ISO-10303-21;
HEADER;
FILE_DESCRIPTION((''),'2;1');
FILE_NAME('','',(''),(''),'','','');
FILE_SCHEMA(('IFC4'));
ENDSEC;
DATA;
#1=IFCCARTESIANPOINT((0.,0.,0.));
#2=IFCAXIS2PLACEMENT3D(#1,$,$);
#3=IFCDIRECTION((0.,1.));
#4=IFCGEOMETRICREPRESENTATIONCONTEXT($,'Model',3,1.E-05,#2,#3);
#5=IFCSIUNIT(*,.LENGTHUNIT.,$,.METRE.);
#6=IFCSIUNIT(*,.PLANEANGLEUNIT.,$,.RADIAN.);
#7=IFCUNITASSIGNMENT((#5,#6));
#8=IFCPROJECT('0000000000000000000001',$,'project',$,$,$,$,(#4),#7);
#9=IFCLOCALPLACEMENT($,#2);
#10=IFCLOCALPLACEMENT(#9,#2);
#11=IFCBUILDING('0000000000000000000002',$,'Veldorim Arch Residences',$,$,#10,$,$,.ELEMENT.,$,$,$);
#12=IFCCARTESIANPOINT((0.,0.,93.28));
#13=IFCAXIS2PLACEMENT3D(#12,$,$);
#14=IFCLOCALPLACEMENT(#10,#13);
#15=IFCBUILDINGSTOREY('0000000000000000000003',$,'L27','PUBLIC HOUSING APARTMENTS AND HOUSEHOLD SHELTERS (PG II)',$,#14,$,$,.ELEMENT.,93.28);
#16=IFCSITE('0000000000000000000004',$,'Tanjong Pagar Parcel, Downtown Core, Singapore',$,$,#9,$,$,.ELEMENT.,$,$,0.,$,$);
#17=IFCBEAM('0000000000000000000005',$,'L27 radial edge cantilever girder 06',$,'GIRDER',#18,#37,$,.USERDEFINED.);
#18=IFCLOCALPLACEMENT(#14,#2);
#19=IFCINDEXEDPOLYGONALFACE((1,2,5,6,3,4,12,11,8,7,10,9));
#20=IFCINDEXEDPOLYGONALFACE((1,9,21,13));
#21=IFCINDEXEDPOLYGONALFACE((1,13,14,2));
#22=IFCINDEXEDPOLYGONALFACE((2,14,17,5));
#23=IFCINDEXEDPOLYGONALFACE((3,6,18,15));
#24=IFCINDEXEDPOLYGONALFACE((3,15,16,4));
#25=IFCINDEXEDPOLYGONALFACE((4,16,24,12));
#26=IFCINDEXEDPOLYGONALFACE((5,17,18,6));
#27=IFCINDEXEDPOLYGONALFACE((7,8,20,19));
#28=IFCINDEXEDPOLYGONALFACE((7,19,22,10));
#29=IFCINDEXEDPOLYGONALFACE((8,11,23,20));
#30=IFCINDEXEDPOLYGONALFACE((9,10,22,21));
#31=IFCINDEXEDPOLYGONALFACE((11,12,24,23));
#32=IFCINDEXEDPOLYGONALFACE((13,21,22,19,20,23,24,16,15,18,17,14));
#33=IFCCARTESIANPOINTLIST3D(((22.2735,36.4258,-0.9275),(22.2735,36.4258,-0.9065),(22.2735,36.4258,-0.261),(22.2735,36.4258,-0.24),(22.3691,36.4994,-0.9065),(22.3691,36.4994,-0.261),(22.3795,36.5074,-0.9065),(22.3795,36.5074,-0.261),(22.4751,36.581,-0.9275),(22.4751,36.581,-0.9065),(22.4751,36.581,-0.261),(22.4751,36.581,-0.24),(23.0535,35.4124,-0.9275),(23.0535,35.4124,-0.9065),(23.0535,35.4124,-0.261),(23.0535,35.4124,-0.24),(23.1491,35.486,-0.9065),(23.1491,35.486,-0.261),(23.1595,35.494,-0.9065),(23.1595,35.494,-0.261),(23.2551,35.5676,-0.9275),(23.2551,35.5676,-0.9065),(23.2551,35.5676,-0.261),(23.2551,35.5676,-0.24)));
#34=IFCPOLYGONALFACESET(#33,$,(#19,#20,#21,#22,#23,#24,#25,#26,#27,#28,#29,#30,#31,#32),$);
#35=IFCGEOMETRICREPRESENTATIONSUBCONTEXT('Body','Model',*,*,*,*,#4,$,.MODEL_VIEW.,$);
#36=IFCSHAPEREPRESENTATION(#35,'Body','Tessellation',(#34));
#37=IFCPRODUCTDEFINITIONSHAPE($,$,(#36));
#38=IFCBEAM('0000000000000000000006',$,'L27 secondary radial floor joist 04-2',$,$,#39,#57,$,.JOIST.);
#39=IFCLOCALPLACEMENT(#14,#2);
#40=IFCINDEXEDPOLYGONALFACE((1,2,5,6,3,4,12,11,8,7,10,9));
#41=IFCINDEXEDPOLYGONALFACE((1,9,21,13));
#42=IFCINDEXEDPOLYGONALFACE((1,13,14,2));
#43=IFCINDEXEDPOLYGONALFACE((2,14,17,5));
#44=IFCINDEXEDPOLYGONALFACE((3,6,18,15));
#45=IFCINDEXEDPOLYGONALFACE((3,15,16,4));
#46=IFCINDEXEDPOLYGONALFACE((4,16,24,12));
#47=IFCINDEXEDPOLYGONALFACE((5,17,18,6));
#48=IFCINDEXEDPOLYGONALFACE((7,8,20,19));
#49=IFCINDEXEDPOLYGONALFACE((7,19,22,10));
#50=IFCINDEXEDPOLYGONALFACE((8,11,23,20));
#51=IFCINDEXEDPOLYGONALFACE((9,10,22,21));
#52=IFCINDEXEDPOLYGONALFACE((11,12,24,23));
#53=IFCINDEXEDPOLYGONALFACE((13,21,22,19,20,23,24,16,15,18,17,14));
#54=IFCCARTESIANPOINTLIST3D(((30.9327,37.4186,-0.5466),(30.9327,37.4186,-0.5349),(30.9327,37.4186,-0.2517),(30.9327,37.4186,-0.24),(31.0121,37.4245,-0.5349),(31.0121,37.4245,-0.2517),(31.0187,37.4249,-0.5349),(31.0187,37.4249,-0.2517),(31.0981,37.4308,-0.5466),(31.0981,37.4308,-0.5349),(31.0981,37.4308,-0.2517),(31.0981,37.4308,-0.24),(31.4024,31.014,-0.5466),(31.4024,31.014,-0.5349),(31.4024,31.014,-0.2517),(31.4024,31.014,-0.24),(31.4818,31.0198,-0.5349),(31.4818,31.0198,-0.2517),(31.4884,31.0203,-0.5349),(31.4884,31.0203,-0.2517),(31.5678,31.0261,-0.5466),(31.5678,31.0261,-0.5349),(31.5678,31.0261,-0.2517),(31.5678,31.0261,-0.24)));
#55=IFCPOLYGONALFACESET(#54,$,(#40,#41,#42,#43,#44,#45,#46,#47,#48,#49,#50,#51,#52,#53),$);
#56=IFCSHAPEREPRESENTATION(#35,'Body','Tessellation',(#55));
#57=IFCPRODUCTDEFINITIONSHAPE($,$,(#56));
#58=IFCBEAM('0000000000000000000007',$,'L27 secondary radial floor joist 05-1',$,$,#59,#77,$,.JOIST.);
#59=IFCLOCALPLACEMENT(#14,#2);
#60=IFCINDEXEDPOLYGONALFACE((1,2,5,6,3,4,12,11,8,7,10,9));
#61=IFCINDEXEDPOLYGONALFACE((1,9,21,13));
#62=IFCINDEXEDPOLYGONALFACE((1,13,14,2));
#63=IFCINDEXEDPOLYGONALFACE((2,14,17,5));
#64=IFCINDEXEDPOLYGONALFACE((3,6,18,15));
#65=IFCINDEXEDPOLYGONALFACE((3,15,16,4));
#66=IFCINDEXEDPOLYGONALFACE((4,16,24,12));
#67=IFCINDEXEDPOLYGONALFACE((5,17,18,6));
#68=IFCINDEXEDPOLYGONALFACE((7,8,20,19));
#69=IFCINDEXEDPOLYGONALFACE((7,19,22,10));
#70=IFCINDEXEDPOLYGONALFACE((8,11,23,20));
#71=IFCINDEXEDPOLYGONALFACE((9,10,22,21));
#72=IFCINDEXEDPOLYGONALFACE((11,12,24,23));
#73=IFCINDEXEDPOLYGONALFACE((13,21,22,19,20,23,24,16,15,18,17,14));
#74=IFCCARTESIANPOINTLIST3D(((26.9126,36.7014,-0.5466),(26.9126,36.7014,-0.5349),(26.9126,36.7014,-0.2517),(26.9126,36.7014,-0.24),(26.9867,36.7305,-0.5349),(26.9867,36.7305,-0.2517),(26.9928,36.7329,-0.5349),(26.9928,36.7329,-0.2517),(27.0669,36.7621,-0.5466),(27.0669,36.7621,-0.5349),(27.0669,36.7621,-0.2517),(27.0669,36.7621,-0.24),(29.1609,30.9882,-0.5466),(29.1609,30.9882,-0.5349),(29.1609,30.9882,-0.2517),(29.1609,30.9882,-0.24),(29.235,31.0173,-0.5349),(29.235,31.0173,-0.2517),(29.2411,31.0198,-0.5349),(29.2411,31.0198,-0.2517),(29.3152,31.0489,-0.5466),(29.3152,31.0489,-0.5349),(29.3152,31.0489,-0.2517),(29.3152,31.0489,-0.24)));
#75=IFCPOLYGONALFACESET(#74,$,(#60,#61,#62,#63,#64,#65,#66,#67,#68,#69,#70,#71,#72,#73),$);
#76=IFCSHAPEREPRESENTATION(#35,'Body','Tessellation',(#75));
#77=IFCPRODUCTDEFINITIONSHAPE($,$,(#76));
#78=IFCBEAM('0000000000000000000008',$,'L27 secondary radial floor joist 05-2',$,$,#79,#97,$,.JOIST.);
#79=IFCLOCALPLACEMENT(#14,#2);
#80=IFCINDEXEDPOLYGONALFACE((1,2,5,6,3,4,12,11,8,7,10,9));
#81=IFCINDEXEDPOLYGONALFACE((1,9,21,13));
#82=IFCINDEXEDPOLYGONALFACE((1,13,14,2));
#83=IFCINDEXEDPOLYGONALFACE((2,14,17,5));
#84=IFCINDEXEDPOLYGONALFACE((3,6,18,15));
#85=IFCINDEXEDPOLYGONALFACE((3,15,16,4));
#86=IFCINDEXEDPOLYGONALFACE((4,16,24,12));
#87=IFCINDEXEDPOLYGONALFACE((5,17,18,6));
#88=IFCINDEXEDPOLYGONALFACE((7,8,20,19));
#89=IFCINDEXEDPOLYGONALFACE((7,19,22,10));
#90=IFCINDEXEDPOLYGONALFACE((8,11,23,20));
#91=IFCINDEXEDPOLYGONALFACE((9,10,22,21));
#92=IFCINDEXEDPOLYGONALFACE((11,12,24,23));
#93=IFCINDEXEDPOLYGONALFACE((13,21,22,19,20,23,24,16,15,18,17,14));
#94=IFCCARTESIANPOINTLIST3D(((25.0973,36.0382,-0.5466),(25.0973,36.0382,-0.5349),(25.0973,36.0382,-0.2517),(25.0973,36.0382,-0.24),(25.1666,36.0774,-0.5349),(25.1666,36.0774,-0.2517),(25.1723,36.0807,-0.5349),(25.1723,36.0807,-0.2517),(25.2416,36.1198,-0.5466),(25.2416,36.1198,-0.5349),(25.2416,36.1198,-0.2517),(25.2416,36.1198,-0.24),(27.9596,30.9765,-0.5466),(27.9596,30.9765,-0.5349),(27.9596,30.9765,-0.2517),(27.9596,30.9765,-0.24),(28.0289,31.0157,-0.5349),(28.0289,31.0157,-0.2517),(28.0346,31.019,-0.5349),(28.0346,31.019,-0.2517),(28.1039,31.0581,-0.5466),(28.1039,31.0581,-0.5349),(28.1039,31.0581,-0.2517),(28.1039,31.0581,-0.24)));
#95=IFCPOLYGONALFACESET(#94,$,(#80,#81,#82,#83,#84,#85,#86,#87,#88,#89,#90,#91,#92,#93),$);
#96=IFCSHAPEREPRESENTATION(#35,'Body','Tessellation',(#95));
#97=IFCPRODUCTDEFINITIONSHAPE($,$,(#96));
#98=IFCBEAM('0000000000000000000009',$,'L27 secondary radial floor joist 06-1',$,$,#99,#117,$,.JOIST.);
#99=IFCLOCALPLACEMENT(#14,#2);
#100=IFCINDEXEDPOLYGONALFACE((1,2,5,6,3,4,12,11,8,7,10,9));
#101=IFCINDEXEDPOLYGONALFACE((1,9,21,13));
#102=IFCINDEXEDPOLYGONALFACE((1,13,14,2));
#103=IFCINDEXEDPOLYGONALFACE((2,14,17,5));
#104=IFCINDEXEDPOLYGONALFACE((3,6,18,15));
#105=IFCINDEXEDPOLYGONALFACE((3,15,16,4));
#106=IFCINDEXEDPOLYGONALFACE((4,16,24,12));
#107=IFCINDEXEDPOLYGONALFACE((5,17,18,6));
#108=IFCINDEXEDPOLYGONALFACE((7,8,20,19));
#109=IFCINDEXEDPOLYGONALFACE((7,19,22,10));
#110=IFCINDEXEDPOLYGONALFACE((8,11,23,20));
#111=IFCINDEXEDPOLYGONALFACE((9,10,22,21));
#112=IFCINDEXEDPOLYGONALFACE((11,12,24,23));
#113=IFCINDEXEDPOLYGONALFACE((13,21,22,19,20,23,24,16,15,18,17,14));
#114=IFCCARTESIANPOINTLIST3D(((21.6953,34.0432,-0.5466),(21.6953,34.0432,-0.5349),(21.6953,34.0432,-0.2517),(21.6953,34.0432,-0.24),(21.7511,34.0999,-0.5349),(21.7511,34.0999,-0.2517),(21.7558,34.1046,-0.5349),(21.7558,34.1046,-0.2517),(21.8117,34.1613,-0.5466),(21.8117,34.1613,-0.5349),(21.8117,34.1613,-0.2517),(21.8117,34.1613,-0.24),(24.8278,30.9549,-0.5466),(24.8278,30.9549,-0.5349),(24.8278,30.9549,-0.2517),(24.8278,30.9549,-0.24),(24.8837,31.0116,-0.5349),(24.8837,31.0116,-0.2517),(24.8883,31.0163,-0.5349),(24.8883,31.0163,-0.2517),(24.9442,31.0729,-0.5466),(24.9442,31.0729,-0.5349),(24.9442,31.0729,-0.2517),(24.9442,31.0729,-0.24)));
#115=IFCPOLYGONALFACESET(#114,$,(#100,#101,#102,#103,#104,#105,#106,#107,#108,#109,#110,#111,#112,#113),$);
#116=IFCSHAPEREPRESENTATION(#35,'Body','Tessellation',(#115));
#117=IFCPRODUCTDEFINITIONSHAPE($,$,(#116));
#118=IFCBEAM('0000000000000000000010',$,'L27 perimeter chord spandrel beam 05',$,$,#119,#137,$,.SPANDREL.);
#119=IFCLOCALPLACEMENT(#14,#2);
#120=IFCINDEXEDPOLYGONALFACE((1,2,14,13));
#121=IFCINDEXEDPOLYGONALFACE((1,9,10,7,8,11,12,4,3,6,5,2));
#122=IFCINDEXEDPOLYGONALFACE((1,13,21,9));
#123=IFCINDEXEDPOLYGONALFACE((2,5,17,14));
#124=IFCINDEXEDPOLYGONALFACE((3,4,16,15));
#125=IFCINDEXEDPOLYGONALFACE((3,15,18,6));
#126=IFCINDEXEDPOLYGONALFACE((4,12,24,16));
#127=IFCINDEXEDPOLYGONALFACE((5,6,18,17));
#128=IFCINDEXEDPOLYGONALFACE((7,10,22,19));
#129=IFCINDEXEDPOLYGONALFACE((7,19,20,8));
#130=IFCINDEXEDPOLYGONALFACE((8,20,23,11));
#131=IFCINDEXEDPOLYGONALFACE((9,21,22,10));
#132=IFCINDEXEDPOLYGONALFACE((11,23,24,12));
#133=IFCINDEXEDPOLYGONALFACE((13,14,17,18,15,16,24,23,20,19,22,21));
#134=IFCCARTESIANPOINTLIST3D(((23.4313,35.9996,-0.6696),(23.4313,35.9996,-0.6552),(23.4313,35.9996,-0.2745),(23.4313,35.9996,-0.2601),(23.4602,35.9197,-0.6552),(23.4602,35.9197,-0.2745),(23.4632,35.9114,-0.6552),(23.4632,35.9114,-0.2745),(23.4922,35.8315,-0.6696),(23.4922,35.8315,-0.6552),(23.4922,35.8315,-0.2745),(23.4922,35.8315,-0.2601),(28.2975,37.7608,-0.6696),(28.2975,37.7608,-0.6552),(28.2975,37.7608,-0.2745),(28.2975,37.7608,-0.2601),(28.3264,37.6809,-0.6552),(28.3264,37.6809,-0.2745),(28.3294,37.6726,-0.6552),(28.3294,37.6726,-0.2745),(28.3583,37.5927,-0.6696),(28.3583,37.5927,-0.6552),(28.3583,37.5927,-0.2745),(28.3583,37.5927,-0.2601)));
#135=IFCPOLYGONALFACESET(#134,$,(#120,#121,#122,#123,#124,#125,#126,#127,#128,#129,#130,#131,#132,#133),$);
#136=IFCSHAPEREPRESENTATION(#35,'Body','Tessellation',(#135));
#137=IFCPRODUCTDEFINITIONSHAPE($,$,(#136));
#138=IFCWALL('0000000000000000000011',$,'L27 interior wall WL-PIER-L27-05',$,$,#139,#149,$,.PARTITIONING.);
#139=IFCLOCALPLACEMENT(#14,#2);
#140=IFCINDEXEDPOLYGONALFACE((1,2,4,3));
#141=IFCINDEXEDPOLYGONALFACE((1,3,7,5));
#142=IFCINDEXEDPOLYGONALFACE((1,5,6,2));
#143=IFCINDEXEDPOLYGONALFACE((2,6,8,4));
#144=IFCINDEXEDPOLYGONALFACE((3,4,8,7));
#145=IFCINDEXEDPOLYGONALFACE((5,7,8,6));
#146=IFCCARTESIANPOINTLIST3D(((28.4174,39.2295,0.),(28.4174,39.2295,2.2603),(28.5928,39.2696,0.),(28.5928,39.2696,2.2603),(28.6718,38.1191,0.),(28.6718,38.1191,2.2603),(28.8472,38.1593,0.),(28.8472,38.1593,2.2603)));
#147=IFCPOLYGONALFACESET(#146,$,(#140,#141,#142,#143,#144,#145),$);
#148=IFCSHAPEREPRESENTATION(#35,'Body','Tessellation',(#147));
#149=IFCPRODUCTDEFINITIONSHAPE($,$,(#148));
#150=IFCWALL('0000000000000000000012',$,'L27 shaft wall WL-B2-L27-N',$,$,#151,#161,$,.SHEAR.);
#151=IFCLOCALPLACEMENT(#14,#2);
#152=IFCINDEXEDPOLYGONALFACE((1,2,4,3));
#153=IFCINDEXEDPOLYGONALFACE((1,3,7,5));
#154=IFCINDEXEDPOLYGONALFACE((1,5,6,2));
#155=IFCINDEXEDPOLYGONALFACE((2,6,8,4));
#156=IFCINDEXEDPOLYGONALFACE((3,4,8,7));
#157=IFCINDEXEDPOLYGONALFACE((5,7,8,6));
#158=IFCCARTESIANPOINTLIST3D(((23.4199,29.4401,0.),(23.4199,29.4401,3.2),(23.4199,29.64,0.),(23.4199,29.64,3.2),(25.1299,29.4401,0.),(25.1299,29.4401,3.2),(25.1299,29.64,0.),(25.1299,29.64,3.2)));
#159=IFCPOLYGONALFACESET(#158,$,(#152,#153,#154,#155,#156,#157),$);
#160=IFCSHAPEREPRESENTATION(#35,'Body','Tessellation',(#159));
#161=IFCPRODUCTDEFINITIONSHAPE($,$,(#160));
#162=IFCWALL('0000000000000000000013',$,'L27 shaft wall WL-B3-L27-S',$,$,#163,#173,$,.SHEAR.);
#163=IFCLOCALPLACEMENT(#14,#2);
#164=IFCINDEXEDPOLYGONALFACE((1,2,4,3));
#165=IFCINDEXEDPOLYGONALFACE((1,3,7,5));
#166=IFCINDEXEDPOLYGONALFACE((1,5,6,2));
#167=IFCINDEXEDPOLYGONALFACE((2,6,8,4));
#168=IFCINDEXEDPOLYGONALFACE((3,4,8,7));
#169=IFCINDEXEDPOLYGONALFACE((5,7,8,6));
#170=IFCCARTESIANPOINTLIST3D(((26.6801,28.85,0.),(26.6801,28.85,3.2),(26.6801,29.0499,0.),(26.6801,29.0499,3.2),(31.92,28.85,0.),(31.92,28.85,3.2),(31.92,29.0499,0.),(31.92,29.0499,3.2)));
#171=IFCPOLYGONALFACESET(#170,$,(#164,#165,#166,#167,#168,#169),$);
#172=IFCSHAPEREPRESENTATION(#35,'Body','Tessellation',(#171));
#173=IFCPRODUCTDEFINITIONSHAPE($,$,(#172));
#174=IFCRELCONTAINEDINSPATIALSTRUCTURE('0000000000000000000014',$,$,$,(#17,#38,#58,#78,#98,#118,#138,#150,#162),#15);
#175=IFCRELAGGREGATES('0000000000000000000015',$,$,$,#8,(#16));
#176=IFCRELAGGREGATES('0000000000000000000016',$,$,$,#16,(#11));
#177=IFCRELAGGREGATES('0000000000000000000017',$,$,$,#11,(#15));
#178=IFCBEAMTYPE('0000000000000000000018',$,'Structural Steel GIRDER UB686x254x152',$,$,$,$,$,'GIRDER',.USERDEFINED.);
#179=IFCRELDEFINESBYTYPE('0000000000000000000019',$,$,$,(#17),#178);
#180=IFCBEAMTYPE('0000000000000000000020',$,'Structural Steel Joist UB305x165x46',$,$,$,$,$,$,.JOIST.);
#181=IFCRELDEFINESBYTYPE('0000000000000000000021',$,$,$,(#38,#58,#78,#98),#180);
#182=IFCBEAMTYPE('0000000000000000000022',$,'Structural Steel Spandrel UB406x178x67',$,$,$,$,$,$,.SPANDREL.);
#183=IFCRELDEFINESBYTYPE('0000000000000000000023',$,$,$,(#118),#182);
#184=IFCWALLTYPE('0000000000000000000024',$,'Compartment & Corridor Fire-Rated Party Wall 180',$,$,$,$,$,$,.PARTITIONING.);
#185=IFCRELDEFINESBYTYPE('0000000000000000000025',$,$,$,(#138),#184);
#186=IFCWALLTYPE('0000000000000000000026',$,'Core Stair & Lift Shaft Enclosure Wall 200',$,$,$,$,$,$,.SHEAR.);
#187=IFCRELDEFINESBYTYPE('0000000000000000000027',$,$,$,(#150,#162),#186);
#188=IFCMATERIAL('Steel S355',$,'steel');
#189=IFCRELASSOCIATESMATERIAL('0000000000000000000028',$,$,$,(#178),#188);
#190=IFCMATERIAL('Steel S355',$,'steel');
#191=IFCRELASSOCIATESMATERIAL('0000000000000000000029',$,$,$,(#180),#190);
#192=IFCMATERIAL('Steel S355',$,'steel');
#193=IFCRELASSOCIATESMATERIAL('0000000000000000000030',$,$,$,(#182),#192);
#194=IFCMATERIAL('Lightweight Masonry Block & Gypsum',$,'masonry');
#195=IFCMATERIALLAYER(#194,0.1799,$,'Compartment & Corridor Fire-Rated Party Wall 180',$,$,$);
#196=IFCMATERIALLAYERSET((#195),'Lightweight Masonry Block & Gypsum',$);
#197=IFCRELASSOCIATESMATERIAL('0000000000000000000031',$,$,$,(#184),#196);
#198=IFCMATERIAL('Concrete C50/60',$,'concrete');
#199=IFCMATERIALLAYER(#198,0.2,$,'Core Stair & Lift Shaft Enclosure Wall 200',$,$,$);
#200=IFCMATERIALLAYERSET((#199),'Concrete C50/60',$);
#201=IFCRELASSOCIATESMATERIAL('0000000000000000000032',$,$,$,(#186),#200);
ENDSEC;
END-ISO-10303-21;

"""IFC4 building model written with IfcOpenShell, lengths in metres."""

from ifc_helpers import new_model, si_unit, direction, frame, frame_2d, origin, origin_2d, place, context, subcontext, project, spatial, rectangle, i_section, extrude, material, layer, layer_set, material_profile, profile_set, type_object, element, save


model = new_model("IFC4")

# Units and contexts
model_context = context("Model", 3, precision=1e-05, world=origin(), true_north=direction((0.0, 1.0)))
body_context = subcontext(model_context, "Body", "Model", "MODEL_VIEW")
ifc_project = project(units=[si_unit("LENGTHUNIT", "METRE"), si_unit("PLANEANGLEUNIT", "RADIAN")], contexts=[model_context])

# Site, building, storey
site_placement = place(None, origin())
site = spatial("IfcSite", under=ifc_project, at=site_placement, Name="Tanjong Pagar Parcel, Downtown Core, Singapore", CompositionType="ELEMENT", RefElevation=0.0)
building_placement = place(site_placement, origin())
building = spatial("IfcBuilding", under=site, at=building_placement, Name="Veldorim Arch Residences", CompositionType="ELEMENT")
storey_placement = place(building_placement, frame((0.0, 0.0, 93.28)))
storey = spatial("IfcBuildingStorey", under=building, at=storey_placement, Name="L27", Description="PUBLIC HOUSING APARTMENTS AND HOUSEHOLD SHELTERS (PG II)", CompositionType="ELEMENT", Elevation=93.28)

# Beams
ifc_material_1 = material(Name="Steel S355", Category="steel")
ifc_material_profile_1 = material_profile(ifc_material_1, i_section(OverallWidth=0.2544, OverallDepth=0.6875, WebThickness=0.0132, FlangeThickness=0.021, at=origin_2d()), Name="UB686x254x152")
ifc_profile_set_1 = profile_set([ifc_material_profile_1], Name="Steel S355")
beam_type_1 = type_object("IfcBeamType", Name="Structural Steel GIRDER UB686x254x152", ElementType="GIRDER", PredefinedType="USERDEFINED", material=ifc_profile_set_1)
beam_1_placement = place(storey_placement, frame((23.1543, 35.49, -0.5837), z_axis=(-0.609941, 0.792447, 0.0), x_axis=(-0.792447, -0.609941, 0.0)))
element("IfcBeam", 1, at=beam_1_placement, inside=storey, type_object=beam_type_1, Name="L27 radial edge cantilever girder 06", ObjectType="GIRDER", PredefinedType="USERDEFINED", context=body_context, shape_type="SweptSolid", body=[
    extrude(i_section(OverallWidth=0.2544, OverallDepth=0.6875, WebThickness=0.0132, FlangeThickness=0.021, at=origin_2d()), origin(), (0.0, 0.0, 1.0), 1.2788),
])
ifc_material_2 = material(Name="Steel S355", Category="steel")
ifc_material_profile_2 = material_profile(ifc_material_2, i_section(OverallWidth=0.1658, OverallDepth=0.3066, WebThickness=0.0066, FlangeThickness=0.0117, at=origin_2d()), Name="UB305x165x46")
ifc_profile_set_2 = profile_set([ifc_material_profile_2], Name="Steel S355")
beam_type_2 = type_object("IfcBeamType", Name="Structural Steel Joist UB305x165x46", PredefinedType="JOIST", material=ifc_profile_set_2)
beam_2_placement = place(storey_placement, frame((31.4851, 31.02, -0.3933), z_axis=(-0.073143, 0.997321, 0.0), x_axis=(-0.997321, -0.073143, 0.0)))
element("IfcBeam", 2, at=beam_2_placement, inside=storey, type_object=beam_type_2, Name="L27 secondary radial floor joist 04-2", PredefinedType="JOIST", context=body_context, shape_type="SweptSolid", body=[
    extrude(i_section(OverallWidth=0.1658, OverallDepth=0.3066, WebThickness=0.0066, FlangeThickness=0.0117, at=origin_2d()), origin(), (0.0, 0.0, 1.0), 6.4219),
])
beam_3_placement = place(storey_placement, frame((29.238, 31.0186, -0.3933), z_axis=(-0.366195, 0.930538, 0.0), x_axis=(-0.930538, -0.366195, 0.0)))
element("IfcBeam", 3, at=beam_3_placement, inside=storey, type_object=beam_type_2, Name="L27 secondary radial floor joist 05-1", PredefinedType="JOIST", context=body_context, shape_type="SweptSolid", body=[
    extrude(i_section(OverallWidth=0.1658, OverallDepth=0.3066, WebThickness=0.0066, FlangeThickness=0.0117, at=origin_2d()), origin(), (0.0, 0.0, 1.0), 6.1396),
])
beam_4_placement = place(storey_placement, frame((28.0317, 31.0173, -0.3933), z_axis=(-0.492227, 0.870467, 0.0), x_axis=(-0.870467, -0.492227, 0.0)))
element("IfcBeam", 4, at=beam_4_placement, inside=storey, type_object=beam_type_2, Name="L27 secondary radial floor joist 05-2", PredefinedType="JOIST", context=body_context, shape_type="SweptSolid", body=[
    extrude(i_section(OverallWidth=0.1658, OverallDepth=0.3066, WebThickness=0.0066, FlangeThickness=0.0117, at=origin_2d()), origin(), (0.0, 0.0, 1.0), 5.8149),
])
beam_5_placement = place(storey_placement, frame((24.886, 31.0139, -0.3933), z_axis=(-0.712112, 0.702066, 0.0), x_axis=(-0.702066, -0.712112, 0.0)))
element("IfcBeam", 5, at=beam_5_placement, inside=storey, type_object=beam_type_2, Name="L27 secondary radial floor joist 06-1", PredefinedType="JOIST", context=body_context, shape_type="SweptSolid", body=[
    extrude(i_section(OverallWidth=0.1658, OverallDepth=0.3066, WebThickness=0.0066, FlangeThickness=0.0117, at=origin_2d()), origin(), (0.0, 0.0, 1.0), 4.3989),
])
ifc_material_3 = material(Name="Steel S355", Category="steel")
ifc_material_profile_3 = material_profile(ifc_material_3, i_section(OverallWidth=0.1787, OverallDepth=0.4094, WebThickness=0.0088, FlangeThickness=0.0144, at=origin_2d()), Name="UB406x178x67")
ifc_profile_set_3 = profile_set([ifc_material_profile_3], Name="Steel S355")
beam_type_3 = type_object("IfcBeamType", Name="Structural Steel Spandrel UB406x178x67", PredefinedType="SPANDREL", material=ifc_profile_set_3)
beam_6_placement = place(storey_placement, frame((28.3279, 37.6768, -0.4648), z_axis=(-0.940308, -0.340326, 0.0), x_axis=(0.340326, -0.940308, 0.0)))
element("IfcBeam", 6, at=beam_6_placement, inside=storey, type_object=beam_type_3, Name="L27 perimeter chord spandrel beam 05", PredefinedType="SPANDREL", context=body_context, shape_type="SweptSolid", body=[
    extrude(i_section(OverallWidth=0.1787, OverallDepth=0.4094, WebThickness=0.0088, FlangeThickness=0.0144, at=origin_2d()), origin(), (0.0, 0.0, 1.0), 5.175),
])

# Walls
ifc_material_4 = material(Name="Lightweight Masonry Block & Gypsum", Category="masonry")
ifc_layer_1 = layer(ifc_material_4, 0.1799, Name="Compartment & Corridor Fire-Rated Party Wall 180")
ifc_layer_set_1 = layer_set([ifc_layer_1], Name="Lightweight Masonry Block & Gypsum")
wall_type_1 = type_object("IfcWallType", Name="Compartment & Corridor Fire-Rated Party Wall 180", PredefinedType="PARTITIONING", material=ifc_layer_set_1)
wall_1_placement = place(storey_placement, frame((28.7595, 38.1392, 0.0), z_axis=(0.0, 0.0, 1.0), x_axis=(-0.223325, 0.974744, 0.0)))
element("IfcWall", 7, at=wall_1_placement, inside=storey, type_object=wall_type_1, Name="L27 interior wall WL-PIER-L27-05", PredefinedType="PARTITIONING", context=body_context, shape_type="SweptSolid", body=[
    extrude(rectangle(XDim=1.1392, YDim=0.1799, at=frame_2d((0.5696, 0.0))), origin(), (0.0, 0.0, 1.0), 2.2603),
])
ifc_material_5 = material(Name="Concrete C50/60", Category="concrete")
ifc_layer_2 = layer(ifc_material_5, 0.2, Name="Core Stair & Lift Shaft Enclosure Wall 200")
ifc_layer_set_2 = layer_set([ifc_layer_2], Name="Concrete C50/60")
wall_type_2 = type_object("IfcWallType", Name="Core Stair & Lift Shaft Enclosure Wall 200", PredefinedType="SHEAR", material=ifc_layer_set_2)
wall_2_placement = place(storey_placement, frame((23.4199, 29.54, 0.0), z_axis=(0.0, 0.0, 1.0), x_axis=(1.0, 0.0, 0.0)))
element("IfcWall", 8, at=wall_2_placement, inside=storey, type_object=wall_type_2, Name="L27 shaft wall WL-B2-L27-N", PredefinedType="SHEAR", context=body_context, shape_type="SweptSolid", body=[
    extrude(rectangle(XDim=1.71, YDim=0.2, at=frame_2d((0.855, 0.0))), origin(), (0.0, 0.0, 1.0), 3.2),
])
wall_3_placement = place(storey_placement, frame((26.6799, 28.95, 0.0), z_axis=(0.0, 0.0, 1.0), x_axis=(1.0, 0.0, 0.0)))
element("IfcWall", 9, at=wall_3_placement, inside=storey, type_object=wall_type_2, Name="L27 shaft wall WL-B3-L27-S", PredefinedType="SHEAR", context=body_context, shape_type="SweptSolid", body=[
    extrude(rectangle(XDim=5.24, YDim=0.2, at=frame_2d((2.6201, 0.0))), origin(), (0.0, 0.0, 1.0), 3.2),
])

save(model, "model.ifc")
